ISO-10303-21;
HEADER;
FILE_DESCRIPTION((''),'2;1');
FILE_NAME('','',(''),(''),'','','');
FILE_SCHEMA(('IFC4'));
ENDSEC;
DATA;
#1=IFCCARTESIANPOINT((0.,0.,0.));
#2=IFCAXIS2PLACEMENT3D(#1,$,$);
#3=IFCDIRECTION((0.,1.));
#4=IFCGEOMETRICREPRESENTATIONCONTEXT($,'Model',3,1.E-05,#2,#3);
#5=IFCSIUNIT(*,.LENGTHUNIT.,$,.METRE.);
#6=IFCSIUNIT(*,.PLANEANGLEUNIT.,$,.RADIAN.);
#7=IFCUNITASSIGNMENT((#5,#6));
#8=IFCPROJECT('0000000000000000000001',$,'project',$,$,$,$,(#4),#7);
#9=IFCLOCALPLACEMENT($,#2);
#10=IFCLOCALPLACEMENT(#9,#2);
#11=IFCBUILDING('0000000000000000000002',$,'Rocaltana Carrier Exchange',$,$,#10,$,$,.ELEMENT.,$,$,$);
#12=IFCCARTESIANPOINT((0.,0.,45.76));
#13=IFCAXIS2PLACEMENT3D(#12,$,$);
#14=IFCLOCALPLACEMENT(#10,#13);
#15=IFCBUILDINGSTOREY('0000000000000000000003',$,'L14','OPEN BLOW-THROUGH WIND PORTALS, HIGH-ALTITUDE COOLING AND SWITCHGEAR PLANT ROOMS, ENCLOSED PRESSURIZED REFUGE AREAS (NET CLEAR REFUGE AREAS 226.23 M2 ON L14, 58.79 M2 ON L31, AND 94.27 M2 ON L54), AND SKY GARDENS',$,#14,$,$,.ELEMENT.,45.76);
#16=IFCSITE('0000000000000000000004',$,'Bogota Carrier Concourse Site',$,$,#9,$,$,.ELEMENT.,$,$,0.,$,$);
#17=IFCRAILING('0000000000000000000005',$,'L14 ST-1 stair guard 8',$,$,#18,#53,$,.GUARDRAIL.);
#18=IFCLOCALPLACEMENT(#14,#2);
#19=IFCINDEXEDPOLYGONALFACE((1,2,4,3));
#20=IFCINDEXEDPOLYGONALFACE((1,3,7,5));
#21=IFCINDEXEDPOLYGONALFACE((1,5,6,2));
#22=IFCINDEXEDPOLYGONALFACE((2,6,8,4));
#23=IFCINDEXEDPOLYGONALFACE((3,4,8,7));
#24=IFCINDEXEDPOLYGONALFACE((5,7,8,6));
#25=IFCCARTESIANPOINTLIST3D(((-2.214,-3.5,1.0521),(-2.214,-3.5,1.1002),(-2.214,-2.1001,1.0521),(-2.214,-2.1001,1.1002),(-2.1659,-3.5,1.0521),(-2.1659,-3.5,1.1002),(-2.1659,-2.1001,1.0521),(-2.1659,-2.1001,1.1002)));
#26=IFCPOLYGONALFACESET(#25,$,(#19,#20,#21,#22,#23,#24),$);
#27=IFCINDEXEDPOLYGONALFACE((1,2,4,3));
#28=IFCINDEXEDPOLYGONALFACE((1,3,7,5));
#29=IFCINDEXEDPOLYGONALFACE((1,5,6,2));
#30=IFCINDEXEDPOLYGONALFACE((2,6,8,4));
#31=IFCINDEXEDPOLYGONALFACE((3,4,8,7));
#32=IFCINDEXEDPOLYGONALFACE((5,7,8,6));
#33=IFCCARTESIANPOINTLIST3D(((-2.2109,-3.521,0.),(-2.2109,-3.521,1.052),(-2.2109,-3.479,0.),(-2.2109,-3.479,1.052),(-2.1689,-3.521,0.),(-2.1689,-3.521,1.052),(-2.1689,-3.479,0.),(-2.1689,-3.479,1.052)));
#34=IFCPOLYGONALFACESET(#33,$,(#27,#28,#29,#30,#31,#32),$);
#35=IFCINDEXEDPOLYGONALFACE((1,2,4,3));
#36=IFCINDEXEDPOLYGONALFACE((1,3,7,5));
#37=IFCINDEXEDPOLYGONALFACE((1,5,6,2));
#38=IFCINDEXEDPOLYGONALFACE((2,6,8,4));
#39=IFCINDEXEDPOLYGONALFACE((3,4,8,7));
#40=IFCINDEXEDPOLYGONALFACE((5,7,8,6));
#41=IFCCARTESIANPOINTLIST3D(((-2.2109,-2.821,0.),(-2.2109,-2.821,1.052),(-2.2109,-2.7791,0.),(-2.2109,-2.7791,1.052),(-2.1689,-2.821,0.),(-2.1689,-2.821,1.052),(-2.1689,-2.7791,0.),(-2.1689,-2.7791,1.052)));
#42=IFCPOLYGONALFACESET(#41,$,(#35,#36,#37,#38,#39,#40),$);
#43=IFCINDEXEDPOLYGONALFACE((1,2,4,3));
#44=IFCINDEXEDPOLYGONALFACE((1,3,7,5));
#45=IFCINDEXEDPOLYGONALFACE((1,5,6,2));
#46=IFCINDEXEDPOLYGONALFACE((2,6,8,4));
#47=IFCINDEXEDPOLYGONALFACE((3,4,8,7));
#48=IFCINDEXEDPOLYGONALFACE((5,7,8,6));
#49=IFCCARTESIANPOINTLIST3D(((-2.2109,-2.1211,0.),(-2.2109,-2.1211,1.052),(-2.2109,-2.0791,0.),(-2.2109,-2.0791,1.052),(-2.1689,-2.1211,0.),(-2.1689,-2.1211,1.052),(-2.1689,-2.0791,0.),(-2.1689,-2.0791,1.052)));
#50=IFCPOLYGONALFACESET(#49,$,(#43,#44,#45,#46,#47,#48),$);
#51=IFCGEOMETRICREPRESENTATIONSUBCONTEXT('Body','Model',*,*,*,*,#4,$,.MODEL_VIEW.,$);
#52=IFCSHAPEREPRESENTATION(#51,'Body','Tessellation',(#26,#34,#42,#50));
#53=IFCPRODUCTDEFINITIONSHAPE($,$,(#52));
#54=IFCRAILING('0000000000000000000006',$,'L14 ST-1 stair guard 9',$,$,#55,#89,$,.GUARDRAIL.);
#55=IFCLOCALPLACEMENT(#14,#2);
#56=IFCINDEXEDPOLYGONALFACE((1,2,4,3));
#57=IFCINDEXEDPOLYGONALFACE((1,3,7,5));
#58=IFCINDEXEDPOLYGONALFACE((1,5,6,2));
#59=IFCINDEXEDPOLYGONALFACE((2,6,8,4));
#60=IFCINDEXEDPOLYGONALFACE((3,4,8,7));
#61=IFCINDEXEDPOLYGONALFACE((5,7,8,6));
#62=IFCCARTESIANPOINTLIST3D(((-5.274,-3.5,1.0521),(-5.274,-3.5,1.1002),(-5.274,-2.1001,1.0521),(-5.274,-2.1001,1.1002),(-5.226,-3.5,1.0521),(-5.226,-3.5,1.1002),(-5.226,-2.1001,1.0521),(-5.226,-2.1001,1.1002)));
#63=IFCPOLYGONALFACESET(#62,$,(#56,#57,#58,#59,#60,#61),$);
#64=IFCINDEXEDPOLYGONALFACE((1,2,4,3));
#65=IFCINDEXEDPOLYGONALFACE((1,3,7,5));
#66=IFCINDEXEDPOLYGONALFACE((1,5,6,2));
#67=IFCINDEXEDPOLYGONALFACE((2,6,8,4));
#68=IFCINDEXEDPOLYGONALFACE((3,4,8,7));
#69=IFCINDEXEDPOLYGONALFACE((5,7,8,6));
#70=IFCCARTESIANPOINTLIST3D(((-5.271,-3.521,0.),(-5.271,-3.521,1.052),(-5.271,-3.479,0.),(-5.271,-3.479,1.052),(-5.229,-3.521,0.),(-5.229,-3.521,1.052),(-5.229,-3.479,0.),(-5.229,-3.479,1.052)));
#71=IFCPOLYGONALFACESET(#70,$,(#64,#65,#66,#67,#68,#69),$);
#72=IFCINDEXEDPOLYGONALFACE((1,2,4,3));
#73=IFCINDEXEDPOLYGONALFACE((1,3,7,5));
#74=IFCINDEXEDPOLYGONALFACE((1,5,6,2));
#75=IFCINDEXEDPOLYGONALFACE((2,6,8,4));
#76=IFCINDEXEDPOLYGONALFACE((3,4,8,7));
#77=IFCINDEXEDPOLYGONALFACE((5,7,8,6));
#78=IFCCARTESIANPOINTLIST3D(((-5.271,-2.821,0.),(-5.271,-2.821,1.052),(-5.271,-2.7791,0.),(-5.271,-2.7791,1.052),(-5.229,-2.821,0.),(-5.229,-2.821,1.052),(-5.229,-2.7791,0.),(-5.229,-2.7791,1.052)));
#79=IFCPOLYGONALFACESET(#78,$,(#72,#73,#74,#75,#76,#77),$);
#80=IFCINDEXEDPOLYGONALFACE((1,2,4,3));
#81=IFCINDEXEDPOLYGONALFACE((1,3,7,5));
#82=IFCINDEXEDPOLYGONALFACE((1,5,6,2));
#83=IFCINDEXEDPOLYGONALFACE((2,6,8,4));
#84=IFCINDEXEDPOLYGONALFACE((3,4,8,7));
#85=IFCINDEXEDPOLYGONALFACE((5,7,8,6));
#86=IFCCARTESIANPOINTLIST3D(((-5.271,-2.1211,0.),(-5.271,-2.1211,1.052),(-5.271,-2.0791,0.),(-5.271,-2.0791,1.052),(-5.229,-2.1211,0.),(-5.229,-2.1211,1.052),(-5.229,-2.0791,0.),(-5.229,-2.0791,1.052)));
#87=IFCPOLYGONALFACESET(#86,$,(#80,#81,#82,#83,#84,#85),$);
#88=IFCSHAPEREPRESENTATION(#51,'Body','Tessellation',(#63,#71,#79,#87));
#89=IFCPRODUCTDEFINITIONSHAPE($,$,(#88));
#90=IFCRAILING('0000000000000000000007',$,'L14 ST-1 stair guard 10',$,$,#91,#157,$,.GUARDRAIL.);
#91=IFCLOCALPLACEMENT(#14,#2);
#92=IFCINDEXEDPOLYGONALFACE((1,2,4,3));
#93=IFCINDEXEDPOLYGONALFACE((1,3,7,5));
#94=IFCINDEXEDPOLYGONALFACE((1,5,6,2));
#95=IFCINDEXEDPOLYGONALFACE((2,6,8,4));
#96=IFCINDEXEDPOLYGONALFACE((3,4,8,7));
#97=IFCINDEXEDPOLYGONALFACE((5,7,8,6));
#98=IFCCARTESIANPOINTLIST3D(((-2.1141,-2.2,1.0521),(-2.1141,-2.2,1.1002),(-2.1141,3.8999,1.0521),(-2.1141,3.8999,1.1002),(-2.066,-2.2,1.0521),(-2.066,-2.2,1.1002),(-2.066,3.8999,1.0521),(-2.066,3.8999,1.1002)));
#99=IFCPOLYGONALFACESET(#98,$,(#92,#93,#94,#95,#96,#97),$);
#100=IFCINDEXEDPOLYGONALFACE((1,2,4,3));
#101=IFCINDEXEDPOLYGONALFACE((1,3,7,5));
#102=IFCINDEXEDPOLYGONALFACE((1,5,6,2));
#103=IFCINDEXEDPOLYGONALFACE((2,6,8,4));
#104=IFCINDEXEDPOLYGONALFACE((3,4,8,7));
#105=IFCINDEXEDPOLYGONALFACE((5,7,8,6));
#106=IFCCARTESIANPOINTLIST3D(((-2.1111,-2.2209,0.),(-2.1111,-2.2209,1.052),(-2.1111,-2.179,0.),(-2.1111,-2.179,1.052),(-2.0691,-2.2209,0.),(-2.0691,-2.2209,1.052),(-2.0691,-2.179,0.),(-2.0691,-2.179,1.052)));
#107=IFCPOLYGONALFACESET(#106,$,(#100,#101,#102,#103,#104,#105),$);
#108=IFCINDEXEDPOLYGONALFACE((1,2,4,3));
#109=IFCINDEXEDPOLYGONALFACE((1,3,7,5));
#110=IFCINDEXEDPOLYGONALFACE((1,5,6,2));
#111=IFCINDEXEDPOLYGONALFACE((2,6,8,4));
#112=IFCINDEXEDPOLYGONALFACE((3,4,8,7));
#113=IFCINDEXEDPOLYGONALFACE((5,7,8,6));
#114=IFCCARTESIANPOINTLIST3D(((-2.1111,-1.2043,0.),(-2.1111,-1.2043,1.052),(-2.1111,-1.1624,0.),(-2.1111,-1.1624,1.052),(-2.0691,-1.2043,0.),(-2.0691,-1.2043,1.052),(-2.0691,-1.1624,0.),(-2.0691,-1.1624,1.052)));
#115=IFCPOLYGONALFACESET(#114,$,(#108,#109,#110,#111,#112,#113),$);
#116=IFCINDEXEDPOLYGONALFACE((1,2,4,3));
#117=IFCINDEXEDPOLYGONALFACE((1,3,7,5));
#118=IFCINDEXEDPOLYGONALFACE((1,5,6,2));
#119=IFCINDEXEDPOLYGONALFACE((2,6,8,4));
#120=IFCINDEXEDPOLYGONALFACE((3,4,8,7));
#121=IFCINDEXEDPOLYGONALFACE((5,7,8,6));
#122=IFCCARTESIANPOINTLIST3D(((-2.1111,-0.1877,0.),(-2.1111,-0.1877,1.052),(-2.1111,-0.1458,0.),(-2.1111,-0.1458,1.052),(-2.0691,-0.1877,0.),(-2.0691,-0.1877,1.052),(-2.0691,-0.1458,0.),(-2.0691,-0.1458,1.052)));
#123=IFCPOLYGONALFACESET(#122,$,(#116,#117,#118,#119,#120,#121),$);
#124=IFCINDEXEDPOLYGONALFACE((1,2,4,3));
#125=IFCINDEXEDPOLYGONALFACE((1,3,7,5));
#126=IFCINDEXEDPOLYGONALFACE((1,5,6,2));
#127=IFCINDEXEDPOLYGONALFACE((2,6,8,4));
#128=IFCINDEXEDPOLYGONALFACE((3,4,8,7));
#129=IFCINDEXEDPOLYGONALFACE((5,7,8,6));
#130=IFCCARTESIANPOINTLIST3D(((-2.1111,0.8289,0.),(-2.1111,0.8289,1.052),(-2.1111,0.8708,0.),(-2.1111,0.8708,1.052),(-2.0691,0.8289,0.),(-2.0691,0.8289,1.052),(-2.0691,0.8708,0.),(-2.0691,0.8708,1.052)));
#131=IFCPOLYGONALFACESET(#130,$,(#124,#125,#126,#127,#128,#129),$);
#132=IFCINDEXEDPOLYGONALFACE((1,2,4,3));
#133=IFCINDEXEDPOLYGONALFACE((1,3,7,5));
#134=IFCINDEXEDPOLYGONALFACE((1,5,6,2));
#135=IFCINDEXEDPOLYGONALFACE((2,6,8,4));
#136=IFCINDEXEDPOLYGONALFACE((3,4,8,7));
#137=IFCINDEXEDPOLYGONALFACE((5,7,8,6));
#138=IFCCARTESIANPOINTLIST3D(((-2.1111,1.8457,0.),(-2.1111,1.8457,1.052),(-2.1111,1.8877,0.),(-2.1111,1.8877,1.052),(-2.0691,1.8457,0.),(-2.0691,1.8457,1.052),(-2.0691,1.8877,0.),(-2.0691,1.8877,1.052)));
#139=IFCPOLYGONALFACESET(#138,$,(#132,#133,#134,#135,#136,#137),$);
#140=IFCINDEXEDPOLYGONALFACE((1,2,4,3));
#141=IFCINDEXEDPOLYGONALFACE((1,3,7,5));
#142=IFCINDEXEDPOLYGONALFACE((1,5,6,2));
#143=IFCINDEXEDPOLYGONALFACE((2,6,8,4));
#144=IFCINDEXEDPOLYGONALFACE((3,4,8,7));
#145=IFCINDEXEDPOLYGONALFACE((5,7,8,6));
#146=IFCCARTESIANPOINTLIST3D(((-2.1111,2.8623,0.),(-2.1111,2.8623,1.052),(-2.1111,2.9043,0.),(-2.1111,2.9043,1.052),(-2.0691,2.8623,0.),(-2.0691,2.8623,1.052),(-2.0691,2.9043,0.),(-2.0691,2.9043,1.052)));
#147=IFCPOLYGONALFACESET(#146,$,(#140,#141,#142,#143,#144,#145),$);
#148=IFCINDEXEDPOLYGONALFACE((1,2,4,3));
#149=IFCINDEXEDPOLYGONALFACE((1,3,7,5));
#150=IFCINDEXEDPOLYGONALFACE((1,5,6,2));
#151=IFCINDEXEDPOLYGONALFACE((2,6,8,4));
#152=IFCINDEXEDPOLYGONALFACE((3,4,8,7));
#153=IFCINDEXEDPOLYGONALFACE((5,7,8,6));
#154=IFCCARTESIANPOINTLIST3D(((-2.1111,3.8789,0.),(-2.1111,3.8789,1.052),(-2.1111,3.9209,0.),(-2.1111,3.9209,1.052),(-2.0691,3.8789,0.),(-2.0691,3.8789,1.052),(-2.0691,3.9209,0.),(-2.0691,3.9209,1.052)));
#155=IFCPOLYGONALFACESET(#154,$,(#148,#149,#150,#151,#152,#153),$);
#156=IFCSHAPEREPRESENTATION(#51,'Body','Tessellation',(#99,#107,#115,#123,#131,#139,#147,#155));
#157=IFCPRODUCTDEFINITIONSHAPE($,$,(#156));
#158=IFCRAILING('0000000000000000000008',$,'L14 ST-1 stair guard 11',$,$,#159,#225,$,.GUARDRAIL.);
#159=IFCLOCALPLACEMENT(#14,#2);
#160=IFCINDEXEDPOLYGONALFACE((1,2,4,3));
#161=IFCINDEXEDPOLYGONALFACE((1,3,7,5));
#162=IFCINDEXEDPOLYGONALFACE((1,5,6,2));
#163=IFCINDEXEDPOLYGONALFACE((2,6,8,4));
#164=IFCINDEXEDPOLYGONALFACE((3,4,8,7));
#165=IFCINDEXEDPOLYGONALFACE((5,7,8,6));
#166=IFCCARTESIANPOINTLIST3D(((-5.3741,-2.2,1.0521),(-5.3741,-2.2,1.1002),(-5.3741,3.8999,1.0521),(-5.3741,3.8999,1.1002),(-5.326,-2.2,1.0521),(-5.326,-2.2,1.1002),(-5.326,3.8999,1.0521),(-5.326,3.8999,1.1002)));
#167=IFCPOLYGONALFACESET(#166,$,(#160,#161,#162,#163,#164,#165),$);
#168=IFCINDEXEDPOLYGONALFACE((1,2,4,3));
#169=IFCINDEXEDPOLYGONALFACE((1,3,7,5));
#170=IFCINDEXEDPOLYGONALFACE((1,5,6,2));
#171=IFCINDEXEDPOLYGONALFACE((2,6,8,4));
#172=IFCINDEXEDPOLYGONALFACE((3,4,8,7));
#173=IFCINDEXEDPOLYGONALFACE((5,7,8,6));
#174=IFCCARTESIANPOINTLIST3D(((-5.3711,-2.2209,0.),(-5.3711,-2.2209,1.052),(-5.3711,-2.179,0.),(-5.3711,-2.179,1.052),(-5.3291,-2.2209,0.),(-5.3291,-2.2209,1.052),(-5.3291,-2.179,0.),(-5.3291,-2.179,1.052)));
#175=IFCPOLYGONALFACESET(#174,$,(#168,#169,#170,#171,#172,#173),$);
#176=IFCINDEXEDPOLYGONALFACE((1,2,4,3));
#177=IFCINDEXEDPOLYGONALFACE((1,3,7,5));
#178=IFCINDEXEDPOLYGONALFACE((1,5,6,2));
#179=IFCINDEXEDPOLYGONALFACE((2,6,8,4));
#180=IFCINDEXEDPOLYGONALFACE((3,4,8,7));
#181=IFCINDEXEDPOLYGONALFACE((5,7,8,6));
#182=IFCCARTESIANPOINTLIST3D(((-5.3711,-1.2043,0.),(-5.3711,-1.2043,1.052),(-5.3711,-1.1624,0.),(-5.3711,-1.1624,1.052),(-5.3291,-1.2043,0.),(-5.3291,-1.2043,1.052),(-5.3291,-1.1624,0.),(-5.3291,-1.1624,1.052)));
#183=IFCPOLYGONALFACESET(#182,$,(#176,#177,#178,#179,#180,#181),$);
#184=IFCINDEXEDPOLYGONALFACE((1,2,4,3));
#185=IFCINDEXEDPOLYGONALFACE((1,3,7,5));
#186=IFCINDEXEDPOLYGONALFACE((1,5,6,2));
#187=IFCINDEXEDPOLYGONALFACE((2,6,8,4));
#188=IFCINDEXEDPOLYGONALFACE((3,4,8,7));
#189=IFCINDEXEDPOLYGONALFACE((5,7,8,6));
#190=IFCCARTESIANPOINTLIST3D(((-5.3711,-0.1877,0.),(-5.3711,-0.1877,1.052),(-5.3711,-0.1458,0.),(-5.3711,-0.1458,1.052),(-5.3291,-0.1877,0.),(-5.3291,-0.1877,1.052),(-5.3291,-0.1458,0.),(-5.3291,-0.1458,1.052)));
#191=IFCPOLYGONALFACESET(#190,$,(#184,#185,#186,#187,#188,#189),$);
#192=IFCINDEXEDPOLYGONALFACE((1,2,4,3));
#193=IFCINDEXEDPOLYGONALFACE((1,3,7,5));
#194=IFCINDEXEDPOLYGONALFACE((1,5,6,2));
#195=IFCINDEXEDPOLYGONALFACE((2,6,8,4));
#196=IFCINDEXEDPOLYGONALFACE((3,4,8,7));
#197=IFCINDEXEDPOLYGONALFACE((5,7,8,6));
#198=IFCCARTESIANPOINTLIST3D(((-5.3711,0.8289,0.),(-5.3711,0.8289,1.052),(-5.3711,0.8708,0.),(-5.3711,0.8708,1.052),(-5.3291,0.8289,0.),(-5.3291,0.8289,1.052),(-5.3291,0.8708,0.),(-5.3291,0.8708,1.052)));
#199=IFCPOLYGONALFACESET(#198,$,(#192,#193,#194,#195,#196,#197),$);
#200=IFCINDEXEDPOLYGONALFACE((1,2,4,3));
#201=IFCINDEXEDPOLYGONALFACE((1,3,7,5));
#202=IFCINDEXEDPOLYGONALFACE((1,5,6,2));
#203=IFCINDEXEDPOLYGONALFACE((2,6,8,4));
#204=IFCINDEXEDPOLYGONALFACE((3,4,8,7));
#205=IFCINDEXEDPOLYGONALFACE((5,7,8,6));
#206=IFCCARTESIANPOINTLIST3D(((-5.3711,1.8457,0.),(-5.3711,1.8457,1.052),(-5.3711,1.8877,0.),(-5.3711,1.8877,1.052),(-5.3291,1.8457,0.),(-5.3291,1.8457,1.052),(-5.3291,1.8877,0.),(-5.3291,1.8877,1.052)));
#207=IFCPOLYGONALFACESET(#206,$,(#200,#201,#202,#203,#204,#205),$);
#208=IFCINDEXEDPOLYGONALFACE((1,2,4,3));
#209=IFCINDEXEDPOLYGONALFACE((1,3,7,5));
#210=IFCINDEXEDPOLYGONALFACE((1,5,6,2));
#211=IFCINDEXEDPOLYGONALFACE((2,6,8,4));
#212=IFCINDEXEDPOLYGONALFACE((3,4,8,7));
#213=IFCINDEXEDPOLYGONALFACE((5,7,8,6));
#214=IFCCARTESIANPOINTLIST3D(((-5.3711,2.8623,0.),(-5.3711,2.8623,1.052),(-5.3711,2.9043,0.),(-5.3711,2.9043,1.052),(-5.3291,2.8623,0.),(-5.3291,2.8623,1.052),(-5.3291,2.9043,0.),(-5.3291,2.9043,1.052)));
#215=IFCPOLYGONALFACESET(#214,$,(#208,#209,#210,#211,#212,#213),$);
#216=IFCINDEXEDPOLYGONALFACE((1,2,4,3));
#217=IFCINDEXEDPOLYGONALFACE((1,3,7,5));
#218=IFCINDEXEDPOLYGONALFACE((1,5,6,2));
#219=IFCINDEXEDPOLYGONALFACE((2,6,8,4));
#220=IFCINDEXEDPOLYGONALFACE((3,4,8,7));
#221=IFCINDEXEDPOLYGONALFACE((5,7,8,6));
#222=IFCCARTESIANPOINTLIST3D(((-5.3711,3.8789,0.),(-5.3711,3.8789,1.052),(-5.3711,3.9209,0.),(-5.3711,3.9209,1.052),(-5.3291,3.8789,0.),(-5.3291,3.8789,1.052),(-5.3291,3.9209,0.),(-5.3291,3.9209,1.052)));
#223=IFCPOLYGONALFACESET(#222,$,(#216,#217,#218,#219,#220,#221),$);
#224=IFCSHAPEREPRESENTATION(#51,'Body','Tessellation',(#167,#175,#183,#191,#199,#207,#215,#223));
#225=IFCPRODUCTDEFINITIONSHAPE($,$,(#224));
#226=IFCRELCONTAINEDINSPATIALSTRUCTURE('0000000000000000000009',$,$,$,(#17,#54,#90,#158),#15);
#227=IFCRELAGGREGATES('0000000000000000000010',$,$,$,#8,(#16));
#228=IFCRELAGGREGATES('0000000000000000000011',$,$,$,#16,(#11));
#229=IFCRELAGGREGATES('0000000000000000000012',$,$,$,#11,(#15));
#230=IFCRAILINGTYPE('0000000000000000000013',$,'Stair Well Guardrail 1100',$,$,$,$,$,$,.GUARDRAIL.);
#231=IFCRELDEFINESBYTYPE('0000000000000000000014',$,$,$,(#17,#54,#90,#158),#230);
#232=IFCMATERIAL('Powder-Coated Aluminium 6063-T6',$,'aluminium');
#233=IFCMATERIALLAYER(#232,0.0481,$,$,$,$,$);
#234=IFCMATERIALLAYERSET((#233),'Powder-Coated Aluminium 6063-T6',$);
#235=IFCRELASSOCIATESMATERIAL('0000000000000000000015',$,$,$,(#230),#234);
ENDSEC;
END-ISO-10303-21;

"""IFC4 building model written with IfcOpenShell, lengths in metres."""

from ifc_helpers import new_model, si_unit, direction, frame, origin, origin_2d, place, context, subcontext, project, spatial, rectangle, extrude, material, layer, layer_set, type_object, element, save


model = new_model("IFC4")

# Units and contexts
model_context = context("Model", 3, precision=1e-05, world=origin(), true_north=direction((0.0, 1.0)))
body_context = subcontext(model_context, "Body", "Model", "MODEL_VIEW")
ifc_project = project(units=[si_unit("LENGTHUNIT", "METRE"), si_unit("PLANEANGLEUNIT", "RADIAN")], contexts=[model_context])

# Site, building, storey
site_placement = place(None, origin())
site = spatial("IfcSite", under=ifc_project, at=site_placement, Name="Bogota Carrier Concourse Site", CompositionType="ELEMENT", RefElevation=0.0)
building_placement = place(site_placement, origin())
building = spatial("IfcBuilding", under=site, at=building_placement, Name="Rocaltana Carrier Exchange", CompositionType="ELEMENT")
storey_placement = place(building_placement, frame((0.0, 0.0, 45.76)))
storey = spatial("IfcBuildingStorey", under=building, at=storey_placement, Name="L14", Description="OPEN BLOW-THROUGH WIND PORTALS, HIGH-ALTITUDE COOLING AND SWITCHGEAR PLANT ROOMS, ENCLOSED PRESSURIZED REFUGE AREAS (NET CLEAR REFUGE AREAS 226.23 M2 ON L14, 58.79 M2 ON L31, AND 94.27 M2 ON L54), AND SKY GARDENS", CompositionType="ELEMENT", Elevation=45.76)

# Railings
ifc_material_1 = material(Name="Powder-Coated Aluminium 6063-T6", Category="aluminium")
ifc_layer_1 = layer(ifc_material_1, 0.0481)
ifc_layer_set_1 = layer_set([ifc_layer_1], Name="Powder-Coated Aluminium 6063-T6")
railing_type_1 = type_object("IfcRailingType", Name="Stair Well Guardrail 1100", PredefinedType="GUARDRAIL", material=ifc_layer_set_1)
for number, where, name in (
    (1, (-2.1899, -3.5, 0.0), "L14 ST-1 stair guard 8"),
    (2, (-5.25, -3.5, 0.0), "L14 ST-1 stair guard 9"),
):
    element("IfcRailing", number, at=place(storey_placement, frame(where)), inside=storey, type_object=railing_type_1, Name=name, PredefinedType="GUARDRAIL", context=body_context, shape_type="SweptSolid", body=[
        extrude(rectangle(XDim=0.0481, YDim=0.0481, at=origin_2d()), frame((0.0, 0.0, 1.0762), z_axis=(0.0, 1.0, 0.0), x_axis=(-1.0, 0.0, 0.0)), (0.0, 0.0, 1.0), 1.3999),
        extrude(rectangle(XDim=0.042, YDim=0.042, at=origin_2d()), origin(), (0.0, 0.0, 1.0), 1.052),
        extrude(rectangle(XDim=0.042, YDim=0.042, at=origin_2d()), frame((0.0, 0.7, 0.0)), (0.0, 0.0, 1.0), 1.052),
        extrude(rectangle(XDim=0.042, YDim=0.042, at=origin_2d()), frame((0.0, 1.3999, 0.0)), (0.0, 0.0, 1.0), 1.052),
    ])
for number, where, name in (
    (3, (-2.0901, -2.2, 0.0), "L14 ST-1 stair guard 10"),
    (4, (-5.3501, -2.2, 0.0), "L14 ST-1 stair guard 11"),
):
    element("IfcRailing", number, at=place(storey_placement, frame(where)), inside=storey, type_object=railing_type_1, Name=name, PredefinedType="GUARDRAIL", context=body_context, shape_type="SweptSolid", body=[
        extrude(rectangle(XDim=0.0481, YDim=0.0481, at=origin_2d()), frame((0.0, 0.0, 1.0762), z_axis=(0.0, 1.0, 0.0), x_axis=(-1.0, 0.0, 0.0)), (0.0, 0.0, 1.0), 6.0999),
        extrude(rectangle(XDim=0.042, YDim=0.042, at=origin_2d()), origin(), (0.0, 0.0, 1.0), 1.052),
        extrude(rectangle(XDim=0.042, YDim=0.042, at=origin_2d()), frame((0.0, 1.0166, 0.0)), (0.0, 0.0, 1.0), 1.052),
        extrude(rectangle(XDim=0.042, YDim=0.042, at=origin_2d()), frame((0.0, 2.0332, 0.0)), (0.0, 0.0, 1.0), 1.052),
        extrude(rectangle(XDim=0.042, YDim=0.042, at=origin_2d()), frame((0.0, 3.0498, 0.0)), (0.0, 0.0, 1.0), 1.052),
        extrude(rectangle(XDim=0.042, YDim=0.042, at=origin_2d()), frame((0.0, 4.0667, 0.0)), (0.0, 0.0, 1.0), 1.052),
        extrude(rectangle(XDim=0.042, YDim=0.042, at=origin_2d()), frame((0.0, 5.0833, 0.0)), (0.0, 0.0, 1.0), 1.052),
        extrude(rectangle(XDim=0.042, YDim=0.042, at=origin_2d()), frame((0.0, 6.0999, 0.0)), (0.0, 0.0, 1.0), 1.052),
    ])

save(model, "model.ifc")
